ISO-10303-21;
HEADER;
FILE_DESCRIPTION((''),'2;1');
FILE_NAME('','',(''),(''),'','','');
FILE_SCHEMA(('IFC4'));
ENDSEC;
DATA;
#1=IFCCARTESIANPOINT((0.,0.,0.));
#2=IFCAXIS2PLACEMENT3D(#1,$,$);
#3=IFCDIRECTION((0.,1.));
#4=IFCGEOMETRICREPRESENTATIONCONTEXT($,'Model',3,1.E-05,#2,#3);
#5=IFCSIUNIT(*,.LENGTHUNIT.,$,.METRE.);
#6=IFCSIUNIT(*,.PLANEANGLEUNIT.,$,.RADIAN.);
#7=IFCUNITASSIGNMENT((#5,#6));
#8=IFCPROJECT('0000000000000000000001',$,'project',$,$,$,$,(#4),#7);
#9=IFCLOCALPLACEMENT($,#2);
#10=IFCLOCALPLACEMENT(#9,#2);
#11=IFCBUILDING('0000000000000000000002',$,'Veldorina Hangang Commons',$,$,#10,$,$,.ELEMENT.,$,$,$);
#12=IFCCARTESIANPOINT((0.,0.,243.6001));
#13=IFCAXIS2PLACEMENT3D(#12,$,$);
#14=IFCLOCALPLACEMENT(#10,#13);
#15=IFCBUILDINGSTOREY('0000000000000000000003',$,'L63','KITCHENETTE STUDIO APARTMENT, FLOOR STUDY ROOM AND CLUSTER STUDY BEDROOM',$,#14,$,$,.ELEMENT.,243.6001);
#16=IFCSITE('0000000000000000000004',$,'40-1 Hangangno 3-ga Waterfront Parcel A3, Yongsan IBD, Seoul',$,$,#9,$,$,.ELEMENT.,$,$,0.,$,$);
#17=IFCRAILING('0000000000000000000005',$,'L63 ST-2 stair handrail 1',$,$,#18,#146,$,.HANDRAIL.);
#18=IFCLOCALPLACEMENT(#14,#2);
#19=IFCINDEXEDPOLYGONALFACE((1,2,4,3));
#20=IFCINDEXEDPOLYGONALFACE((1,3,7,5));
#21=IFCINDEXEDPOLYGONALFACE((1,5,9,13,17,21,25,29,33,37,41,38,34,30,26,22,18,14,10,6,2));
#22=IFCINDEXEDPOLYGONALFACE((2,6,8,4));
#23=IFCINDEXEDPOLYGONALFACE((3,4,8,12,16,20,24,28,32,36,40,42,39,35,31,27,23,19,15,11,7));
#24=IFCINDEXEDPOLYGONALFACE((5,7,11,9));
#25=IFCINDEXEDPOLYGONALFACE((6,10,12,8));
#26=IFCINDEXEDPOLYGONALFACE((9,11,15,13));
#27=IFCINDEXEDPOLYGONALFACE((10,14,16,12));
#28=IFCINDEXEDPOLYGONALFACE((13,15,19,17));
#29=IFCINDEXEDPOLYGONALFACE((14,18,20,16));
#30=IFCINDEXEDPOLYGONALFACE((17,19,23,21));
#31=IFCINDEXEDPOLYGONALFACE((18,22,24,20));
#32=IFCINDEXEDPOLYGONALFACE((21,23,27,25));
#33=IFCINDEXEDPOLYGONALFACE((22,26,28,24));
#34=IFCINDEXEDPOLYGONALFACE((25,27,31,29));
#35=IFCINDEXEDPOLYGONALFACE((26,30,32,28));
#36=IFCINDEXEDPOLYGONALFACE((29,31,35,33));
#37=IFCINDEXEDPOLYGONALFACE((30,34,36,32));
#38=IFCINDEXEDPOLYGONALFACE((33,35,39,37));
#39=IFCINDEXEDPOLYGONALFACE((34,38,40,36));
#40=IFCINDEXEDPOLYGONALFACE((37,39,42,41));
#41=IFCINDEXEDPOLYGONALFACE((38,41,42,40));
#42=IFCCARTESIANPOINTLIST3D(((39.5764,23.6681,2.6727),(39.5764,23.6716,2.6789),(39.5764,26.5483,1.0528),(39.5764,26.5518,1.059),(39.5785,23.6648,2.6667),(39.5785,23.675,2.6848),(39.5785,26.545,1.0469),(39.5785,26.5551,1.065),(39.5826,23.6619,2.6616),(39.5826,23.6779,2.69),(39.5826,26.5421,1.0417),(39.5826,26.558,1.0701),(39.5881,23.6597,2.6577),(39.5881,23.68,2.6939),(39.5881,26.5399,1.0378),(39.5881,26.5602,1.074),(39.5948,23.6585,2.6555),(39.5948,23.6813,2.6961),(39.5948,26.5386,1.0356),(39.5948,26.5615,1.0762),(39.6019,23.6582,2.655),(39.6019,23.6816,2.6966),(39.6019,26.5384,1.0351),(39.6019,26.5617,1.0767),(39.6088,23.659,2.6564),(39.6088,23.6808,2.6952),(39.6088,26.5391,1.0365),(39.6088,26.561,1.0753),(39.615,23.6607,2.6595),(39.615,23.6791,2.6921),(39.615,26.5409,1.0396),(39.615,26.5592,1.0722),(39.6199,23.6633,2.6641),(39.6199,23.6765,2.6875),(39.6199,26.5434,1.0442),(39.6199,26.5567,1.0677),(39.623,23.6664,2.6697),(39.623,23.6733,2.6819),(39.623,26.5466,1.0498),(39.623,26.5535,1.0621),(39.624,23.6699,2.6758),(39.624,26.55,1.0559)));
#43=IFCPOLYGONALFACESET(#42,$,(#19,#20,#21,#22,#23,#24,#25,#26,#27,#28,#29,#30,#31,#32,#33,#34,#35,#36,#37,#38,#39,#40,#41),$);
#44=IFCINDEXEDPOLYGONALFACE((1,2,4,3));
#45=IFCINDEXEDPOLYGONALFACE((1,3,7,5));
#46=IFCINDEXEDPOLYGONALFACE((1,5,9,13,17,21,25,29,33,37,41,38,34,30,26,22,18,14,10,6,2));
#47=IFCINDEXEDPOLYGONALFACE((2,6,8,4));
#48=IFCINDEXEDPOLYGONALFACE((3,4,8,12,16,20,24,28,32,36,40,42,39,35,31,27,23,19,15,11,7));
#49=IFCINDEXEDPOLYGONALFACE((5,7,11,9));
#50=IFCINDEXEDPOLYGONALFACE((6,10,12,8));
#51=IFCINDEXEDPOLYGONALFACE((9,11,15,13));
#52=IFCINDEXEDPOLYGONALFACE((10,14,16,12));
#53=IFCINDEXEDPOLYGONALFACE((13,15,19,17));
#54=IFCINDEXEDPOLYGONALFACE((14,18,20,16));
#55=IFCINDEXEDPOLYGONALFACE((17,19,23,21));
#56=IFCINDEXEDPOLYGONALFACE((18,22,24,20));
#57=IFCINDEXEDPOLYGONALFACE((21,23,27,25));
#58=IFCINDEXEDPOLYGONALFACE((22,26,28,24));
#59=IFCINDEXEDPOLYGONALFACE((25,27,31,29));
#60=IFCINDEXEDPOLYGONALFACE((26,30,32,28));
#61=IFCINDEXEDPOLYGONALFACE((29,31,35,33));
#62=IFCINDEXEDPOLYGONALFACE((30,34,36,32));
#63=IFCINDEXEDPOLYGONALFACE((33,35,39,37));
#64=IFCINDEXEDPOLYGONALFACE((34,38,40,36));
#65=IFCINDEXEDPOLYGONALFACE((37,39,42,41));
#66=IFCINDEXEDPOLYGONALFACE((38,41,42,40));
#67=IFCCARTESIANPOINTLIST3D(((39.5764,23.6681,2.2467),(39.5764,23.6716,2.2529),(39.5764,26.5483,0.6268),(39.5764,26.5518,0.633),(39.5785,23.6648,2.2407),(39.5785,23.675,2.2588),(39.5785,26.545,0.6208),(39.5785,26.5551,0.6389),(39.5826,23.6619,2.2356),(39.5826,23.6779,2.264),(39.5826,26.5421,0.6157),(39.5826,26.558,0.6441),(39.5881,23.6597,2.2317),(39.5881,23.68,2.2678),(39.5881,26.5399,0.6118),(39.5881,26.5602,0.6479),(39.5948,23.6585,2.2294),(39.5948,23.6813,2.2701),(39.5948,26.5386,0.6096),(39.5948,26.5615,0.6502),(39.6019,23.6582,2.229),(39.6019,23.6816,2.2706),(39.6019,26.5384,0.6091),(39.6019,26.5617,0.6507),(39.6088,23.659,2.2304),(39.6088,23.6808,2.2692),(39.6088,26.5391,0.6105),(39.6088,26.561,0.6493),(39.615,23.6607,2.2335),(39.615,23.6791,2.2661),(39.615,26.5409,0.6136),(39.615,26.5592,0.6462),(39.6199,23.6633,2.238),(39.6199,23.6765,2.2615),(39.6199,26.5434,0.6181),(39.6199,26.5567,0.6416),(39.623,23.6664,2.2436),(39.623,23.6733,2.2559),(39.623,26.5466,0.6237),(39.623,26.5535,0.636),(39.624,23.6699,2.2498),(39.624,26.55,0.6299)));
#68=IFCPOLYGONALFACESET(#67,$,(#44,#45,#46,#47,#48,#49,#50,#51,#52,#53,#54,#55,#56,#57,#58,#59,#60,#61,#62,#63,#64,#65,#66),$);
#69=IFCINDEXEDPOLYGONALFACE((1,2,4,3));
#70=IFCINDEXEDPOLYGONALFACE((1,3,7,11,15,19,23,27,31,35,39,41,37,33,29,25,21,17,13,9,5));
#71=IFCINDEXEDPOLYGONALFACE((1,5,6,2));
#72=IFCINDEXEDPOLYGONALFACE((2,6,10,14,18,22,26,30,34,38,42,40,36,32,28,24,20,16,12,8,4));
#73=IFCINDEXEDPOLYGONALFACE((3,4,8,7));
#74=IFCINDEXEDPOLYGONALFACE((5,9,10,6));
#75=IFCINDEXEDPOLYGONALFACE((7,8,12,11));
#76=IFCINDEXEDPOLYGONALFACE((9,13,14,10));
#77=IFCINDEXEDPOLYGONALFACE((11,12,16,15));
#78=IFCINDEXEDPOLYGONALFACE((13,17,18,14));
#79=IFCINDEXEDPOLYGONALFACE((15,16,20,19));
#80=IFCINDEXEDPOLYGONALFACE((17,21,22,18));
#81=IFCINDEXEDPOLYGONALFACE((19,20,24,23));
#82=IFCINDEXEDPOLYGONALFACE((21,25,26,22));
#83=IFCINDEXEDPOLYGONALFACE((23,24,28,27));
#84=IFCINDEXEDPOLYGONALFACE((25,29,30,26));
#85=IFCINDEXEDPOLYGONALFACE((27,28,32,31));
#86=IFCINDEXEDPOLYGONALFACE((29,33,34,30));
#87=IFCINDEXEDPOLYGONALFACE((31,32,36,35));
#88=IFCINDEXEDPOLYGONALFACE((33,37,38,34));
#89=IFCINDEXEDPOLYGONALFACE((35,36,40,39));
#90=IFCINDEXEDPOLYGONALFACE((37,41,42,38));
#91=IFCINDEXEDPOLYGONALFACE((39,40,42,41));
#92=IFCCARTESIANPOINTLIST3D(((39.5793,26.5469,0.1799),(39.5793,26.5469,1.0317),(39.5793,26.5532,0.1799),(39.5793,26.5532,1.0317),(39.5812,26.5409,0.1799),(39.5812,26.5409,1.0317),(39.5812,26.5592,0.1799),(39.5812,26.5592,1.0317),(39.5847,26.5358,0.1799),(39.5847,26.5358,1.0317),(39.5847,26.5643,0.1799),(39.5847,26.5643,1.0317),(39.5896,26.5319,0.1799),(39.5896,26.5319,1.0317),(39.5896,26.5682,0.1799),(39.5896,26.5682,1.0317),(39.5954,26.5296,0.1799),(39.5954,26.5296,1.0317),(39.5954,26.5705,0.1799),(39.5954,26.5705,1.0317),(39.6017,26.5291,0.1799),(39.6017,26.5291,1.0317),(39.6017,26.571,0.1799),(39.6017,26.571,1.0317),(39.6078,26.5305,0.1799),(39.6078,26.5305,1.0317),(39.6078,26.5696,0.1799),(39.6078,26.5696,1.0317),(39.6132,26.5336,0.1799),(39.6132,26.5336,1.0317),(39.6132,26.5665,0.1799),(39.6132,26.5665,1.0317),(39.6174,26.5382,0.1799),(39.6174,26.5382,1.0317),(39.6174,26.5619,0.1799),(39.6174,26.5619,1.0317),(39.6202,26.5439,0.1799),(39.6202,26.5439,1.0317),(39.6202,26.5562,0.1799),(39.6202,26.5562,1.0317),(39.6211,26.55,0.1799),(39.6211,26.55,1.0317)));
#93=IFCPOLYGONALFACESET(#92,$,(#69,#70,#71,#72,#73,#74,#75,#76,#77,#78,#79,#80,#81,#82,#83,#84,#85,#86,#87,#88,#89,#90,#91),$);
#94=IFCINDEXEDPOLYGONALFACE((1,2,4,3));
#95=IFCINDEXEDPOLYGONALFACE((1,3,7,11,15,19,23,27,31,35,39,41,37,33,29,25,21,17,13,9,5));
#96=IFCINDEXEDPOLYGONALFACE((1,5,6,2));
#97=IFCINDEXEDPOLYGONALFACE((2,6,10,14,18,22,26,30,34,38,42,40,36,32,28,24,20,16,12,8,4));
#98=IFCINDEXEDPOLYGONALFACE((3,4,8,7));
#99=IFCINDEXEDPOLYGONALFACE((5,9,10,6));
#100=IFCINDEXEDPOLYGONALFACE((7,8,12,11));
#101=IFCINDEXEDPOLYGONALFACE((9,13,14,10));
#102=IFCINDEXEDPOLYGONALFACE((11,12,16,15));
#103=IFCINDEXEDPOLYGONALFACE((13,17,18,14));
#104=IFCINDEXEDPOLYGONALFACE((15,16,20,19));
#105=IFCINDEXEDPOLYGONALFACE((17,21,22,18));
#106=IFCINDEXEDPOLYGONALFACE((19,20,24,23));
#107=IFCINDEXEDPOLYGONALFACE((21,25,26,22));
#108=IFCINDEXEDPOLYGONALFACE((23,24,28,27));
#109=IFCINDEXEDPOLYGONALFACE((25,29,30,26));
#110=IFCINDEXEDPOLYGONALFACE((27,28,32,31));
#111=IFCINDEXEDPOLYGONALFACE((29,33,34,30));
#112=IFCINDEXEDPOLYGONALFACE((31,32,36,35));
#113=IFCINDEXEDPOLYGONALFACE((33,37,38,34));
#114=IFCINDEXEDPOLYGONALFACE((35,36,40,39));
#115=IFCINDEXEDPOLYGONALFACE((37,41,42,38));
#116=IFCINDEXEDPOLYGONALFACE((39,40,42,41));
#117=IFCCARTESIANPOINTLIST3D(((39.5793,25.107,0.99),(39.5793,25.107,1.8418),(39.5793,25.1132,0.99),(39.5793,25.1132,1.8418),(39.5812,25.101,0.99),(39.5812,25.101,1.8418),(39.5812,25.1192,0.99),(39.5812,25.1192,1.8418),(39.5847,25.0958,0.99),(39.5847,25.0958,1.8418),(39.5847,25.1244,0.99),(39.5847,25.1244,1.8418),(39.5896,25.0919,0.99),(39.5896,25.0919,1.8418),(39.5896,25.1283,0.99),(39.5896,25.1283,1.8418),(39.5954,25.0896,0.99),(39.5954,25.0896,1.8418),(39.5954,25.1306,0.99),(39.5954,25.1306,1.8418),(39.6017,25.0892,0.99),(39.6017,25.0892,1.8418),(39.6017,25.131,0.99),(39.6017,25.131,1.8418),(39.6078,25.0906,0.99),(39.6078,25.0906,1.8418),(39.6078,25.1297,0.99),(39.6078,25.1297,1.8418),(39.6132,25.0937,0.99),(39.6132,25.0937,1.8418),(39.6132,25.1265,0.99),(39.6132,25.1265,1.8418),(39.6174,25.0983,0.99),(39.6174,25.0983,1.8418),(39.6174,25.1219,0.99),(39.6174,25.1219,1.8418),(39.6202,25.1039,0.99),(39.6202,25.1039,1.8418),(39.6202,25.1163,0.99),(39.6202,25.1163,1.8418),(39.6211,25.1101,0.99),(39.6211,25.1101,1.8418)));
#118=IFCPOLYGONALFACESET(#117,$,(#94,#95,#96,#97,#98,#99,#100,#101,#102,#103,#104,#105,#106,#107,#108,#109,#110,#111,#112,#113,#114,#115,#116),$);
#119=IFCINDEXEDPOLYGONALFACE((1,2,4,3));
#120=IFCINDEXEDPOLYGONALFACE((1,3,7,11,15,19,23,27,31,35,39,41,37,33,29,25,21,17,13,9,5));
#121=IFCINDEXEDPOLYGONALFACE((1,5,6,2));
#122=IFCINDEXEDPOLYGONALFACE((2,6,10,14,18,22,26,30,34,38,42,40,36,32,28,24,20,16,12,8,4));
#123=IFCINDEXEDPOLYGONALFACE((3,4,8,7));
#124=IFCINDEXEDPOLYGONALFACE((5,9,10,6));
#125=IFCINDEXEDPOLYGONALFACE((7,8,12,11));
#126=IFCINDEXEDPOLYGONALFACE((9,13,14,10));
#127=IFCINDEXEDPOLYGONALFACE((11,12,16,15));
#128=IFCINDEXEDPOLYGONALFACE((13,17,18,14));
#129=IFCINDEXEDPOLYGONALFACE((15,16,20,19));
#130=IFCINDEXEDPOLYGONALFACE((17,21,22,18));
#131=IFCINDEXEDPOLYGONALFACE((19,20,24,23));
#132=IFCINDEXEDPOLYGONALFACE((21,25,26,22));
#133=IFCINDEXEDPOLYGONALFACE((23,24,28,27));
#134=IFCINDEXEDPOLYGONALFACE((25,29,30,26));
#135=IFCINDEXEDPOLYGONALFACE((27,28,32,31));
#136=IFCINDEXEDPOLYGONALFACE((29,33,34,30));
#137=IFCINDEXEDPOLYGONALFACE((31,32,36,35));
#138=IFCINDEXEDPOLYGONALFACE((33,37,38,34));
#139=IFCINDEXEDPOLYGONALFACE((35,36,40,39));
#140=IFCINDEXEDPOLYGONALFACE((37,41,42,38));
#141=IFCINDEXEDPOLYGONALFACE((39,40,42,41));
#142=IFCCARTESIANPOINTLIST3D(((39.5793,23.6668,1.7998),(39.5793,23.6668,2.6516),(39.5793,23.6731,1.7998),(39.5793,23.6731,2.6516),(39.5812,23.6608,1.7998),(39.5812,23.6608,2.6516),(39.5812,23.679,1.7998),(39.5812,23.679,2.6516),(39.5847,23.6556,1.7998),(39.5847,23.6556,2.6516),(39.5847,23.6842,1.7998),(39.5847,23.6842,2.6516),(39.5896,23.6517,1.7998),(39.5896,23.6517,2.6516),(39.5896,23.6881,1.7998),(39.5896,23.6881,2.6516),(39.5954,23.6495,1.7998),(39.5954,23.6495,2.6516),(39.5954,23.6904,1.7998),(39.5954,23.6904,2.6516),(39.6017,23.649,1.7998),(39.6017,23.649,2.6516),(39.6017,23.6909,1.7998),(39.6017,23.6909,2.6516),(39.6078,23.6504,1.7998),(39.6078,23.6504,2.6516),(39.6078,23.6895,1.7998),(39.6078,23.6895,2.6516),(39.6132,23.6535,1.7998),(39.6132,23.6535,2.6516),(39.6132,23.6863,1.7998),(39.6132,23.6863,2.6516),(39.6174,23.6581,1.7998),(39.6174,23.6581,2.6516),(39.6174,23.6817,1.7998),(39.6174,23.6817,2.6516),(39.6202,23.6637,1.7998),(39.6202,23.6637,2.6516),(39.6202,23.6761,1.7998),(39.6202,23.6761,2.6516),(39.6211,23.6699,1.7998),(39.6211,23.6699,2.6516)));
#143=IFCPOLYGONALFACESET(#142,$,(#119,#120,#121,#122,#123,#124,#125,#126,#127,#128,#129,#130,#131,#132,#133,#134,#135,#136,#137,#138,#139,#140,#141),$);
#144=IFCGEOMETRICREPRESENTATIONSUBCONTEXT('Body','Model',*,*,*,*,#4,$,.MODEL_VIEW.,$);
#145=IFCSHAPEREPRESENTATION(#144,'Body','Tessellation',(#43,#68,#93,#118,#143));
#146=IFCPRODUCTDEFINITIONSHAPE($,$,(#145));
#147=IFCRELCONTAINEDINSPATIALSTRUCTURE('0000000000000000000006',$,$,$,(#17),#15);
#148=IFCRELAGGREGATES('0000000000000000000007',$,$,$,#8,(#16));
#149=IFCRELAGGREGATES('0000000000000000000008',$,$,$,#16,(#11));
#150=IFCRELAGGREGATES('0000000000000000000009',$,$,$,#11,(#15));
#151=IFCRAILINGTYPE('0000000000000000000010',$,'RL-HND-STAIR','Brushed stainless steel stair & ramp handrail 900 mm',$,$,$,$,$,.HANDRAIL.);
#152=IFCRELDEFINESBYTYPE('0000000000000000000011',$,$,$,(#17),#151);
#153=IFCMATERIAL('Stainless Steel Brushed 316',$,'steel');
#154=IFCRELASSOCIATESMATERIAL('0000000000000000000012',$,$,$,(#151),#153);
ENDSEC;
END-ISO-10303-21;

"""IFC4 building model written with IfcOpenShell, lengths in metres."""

from ifc_helpers import new_model, si_unit, direction, frame, origin, origin_2d, place, context, subcontext, project, spatial, circle, extrude, material, type_object, element, save


model = new_model("IFC4")

# Units and contexts
model_context = context("Model", 3, precision=1e-05, world=origin(), true_north=direction((0.0, 1.0)))
body_context = subcontext(model_context, "Body", "Model", "MODEL_VIEW")
ifc_project = project(units=[si_unit("LENGTHUNIT", "METRE"), si_unit("PLANEANGLEUNIT", "RADIAN")], contexts=[model_context])

# Site, building, storey
site_placement = place(None, origin())
site = spatial("IfcSite", under=ifc_project, at=site_placement, Name="40-1 Hangangno 3-ga Waterfront Parcel A3, Yongsan IBD, Seoul", CompositionType="ELEMENT", RefElevation=0.0)
building_placement = place(site_placement, origin())
building = spatial("IfcBuilding", under=site, at=building_placement, Name="Veldorina Hangang Commons", CompositionType="ELEMENT")
storey_placement = place(building_placement, frame((0.0, 0.0, 243.6001)))
storey = spatial("IfcBuildingStorey", under=building, at=storey_placement, Name="L63", Description="KITCHENETTE STUDIO APARTMENT, FLOOR STUDY ROOM AND CLUSTER STUDY BEDROOM", CompositionType="ELEMENT", Elevation=243.6001)

# Railing
ifc_material_1 = material(Name="Stainless Steel Brushed 316", Category="steel")
railing_type_1 = type_object("IfcRailingType", Name="RL-HND-STAIR", Description="Brushed stainless steel stair & ramp handrail 900 mm", PredefinedType="HANDRAIL", material=ifc_material_1)
railing_1_placement = place(storey_placement, frame((39.6001, 26.55, 0.1799)))
element("IfcRailing", 1, at=railing_1_placement, inside=storey, type_object=railing_type_1, Name="L63 ST-2 stair handrail 1", PredefinedType="HANDRAIL", context=body_context, shape_type="SweptSolid", body=[
    extrude(circle(Radius=0.0239, at=origin_2d()), frame((0.0, 0.0, 0.876), z_axis=(0.0, -0.871601, 0.490216), x_axis=(1.0, 0.0, 0.0)), (0.0, 0.0, 1.0), 3.3044),
    extrude(circle(Radius=0.0239, at=origin_2d()), frame((0.0, 0.0, 0.45), z_axis=(0.0, -0.871601, 0.490216), x_axis=(1.0, 0.0, 0.0)), (0.0, 0.0, 1.0), 3.3044),
    extrude(circle(Radius=0.021, at=origin_2d()), origin(), (0.0, 0.0, 1.0), 0.8518),
    extrude(circle(Radius=0.021, at=origin_2d()), frame((0.0, -1.4399, 0.8101)), (0.0, 0.0, 1.0), 0.8518),
    extrude(circle(Radius=0.021, at=origin_2d()), frame((0.0, -2.8801, 1.6199)), (0.0, 0.0, 1.0), 0.8518),
])

save(model, "model.ifc")
